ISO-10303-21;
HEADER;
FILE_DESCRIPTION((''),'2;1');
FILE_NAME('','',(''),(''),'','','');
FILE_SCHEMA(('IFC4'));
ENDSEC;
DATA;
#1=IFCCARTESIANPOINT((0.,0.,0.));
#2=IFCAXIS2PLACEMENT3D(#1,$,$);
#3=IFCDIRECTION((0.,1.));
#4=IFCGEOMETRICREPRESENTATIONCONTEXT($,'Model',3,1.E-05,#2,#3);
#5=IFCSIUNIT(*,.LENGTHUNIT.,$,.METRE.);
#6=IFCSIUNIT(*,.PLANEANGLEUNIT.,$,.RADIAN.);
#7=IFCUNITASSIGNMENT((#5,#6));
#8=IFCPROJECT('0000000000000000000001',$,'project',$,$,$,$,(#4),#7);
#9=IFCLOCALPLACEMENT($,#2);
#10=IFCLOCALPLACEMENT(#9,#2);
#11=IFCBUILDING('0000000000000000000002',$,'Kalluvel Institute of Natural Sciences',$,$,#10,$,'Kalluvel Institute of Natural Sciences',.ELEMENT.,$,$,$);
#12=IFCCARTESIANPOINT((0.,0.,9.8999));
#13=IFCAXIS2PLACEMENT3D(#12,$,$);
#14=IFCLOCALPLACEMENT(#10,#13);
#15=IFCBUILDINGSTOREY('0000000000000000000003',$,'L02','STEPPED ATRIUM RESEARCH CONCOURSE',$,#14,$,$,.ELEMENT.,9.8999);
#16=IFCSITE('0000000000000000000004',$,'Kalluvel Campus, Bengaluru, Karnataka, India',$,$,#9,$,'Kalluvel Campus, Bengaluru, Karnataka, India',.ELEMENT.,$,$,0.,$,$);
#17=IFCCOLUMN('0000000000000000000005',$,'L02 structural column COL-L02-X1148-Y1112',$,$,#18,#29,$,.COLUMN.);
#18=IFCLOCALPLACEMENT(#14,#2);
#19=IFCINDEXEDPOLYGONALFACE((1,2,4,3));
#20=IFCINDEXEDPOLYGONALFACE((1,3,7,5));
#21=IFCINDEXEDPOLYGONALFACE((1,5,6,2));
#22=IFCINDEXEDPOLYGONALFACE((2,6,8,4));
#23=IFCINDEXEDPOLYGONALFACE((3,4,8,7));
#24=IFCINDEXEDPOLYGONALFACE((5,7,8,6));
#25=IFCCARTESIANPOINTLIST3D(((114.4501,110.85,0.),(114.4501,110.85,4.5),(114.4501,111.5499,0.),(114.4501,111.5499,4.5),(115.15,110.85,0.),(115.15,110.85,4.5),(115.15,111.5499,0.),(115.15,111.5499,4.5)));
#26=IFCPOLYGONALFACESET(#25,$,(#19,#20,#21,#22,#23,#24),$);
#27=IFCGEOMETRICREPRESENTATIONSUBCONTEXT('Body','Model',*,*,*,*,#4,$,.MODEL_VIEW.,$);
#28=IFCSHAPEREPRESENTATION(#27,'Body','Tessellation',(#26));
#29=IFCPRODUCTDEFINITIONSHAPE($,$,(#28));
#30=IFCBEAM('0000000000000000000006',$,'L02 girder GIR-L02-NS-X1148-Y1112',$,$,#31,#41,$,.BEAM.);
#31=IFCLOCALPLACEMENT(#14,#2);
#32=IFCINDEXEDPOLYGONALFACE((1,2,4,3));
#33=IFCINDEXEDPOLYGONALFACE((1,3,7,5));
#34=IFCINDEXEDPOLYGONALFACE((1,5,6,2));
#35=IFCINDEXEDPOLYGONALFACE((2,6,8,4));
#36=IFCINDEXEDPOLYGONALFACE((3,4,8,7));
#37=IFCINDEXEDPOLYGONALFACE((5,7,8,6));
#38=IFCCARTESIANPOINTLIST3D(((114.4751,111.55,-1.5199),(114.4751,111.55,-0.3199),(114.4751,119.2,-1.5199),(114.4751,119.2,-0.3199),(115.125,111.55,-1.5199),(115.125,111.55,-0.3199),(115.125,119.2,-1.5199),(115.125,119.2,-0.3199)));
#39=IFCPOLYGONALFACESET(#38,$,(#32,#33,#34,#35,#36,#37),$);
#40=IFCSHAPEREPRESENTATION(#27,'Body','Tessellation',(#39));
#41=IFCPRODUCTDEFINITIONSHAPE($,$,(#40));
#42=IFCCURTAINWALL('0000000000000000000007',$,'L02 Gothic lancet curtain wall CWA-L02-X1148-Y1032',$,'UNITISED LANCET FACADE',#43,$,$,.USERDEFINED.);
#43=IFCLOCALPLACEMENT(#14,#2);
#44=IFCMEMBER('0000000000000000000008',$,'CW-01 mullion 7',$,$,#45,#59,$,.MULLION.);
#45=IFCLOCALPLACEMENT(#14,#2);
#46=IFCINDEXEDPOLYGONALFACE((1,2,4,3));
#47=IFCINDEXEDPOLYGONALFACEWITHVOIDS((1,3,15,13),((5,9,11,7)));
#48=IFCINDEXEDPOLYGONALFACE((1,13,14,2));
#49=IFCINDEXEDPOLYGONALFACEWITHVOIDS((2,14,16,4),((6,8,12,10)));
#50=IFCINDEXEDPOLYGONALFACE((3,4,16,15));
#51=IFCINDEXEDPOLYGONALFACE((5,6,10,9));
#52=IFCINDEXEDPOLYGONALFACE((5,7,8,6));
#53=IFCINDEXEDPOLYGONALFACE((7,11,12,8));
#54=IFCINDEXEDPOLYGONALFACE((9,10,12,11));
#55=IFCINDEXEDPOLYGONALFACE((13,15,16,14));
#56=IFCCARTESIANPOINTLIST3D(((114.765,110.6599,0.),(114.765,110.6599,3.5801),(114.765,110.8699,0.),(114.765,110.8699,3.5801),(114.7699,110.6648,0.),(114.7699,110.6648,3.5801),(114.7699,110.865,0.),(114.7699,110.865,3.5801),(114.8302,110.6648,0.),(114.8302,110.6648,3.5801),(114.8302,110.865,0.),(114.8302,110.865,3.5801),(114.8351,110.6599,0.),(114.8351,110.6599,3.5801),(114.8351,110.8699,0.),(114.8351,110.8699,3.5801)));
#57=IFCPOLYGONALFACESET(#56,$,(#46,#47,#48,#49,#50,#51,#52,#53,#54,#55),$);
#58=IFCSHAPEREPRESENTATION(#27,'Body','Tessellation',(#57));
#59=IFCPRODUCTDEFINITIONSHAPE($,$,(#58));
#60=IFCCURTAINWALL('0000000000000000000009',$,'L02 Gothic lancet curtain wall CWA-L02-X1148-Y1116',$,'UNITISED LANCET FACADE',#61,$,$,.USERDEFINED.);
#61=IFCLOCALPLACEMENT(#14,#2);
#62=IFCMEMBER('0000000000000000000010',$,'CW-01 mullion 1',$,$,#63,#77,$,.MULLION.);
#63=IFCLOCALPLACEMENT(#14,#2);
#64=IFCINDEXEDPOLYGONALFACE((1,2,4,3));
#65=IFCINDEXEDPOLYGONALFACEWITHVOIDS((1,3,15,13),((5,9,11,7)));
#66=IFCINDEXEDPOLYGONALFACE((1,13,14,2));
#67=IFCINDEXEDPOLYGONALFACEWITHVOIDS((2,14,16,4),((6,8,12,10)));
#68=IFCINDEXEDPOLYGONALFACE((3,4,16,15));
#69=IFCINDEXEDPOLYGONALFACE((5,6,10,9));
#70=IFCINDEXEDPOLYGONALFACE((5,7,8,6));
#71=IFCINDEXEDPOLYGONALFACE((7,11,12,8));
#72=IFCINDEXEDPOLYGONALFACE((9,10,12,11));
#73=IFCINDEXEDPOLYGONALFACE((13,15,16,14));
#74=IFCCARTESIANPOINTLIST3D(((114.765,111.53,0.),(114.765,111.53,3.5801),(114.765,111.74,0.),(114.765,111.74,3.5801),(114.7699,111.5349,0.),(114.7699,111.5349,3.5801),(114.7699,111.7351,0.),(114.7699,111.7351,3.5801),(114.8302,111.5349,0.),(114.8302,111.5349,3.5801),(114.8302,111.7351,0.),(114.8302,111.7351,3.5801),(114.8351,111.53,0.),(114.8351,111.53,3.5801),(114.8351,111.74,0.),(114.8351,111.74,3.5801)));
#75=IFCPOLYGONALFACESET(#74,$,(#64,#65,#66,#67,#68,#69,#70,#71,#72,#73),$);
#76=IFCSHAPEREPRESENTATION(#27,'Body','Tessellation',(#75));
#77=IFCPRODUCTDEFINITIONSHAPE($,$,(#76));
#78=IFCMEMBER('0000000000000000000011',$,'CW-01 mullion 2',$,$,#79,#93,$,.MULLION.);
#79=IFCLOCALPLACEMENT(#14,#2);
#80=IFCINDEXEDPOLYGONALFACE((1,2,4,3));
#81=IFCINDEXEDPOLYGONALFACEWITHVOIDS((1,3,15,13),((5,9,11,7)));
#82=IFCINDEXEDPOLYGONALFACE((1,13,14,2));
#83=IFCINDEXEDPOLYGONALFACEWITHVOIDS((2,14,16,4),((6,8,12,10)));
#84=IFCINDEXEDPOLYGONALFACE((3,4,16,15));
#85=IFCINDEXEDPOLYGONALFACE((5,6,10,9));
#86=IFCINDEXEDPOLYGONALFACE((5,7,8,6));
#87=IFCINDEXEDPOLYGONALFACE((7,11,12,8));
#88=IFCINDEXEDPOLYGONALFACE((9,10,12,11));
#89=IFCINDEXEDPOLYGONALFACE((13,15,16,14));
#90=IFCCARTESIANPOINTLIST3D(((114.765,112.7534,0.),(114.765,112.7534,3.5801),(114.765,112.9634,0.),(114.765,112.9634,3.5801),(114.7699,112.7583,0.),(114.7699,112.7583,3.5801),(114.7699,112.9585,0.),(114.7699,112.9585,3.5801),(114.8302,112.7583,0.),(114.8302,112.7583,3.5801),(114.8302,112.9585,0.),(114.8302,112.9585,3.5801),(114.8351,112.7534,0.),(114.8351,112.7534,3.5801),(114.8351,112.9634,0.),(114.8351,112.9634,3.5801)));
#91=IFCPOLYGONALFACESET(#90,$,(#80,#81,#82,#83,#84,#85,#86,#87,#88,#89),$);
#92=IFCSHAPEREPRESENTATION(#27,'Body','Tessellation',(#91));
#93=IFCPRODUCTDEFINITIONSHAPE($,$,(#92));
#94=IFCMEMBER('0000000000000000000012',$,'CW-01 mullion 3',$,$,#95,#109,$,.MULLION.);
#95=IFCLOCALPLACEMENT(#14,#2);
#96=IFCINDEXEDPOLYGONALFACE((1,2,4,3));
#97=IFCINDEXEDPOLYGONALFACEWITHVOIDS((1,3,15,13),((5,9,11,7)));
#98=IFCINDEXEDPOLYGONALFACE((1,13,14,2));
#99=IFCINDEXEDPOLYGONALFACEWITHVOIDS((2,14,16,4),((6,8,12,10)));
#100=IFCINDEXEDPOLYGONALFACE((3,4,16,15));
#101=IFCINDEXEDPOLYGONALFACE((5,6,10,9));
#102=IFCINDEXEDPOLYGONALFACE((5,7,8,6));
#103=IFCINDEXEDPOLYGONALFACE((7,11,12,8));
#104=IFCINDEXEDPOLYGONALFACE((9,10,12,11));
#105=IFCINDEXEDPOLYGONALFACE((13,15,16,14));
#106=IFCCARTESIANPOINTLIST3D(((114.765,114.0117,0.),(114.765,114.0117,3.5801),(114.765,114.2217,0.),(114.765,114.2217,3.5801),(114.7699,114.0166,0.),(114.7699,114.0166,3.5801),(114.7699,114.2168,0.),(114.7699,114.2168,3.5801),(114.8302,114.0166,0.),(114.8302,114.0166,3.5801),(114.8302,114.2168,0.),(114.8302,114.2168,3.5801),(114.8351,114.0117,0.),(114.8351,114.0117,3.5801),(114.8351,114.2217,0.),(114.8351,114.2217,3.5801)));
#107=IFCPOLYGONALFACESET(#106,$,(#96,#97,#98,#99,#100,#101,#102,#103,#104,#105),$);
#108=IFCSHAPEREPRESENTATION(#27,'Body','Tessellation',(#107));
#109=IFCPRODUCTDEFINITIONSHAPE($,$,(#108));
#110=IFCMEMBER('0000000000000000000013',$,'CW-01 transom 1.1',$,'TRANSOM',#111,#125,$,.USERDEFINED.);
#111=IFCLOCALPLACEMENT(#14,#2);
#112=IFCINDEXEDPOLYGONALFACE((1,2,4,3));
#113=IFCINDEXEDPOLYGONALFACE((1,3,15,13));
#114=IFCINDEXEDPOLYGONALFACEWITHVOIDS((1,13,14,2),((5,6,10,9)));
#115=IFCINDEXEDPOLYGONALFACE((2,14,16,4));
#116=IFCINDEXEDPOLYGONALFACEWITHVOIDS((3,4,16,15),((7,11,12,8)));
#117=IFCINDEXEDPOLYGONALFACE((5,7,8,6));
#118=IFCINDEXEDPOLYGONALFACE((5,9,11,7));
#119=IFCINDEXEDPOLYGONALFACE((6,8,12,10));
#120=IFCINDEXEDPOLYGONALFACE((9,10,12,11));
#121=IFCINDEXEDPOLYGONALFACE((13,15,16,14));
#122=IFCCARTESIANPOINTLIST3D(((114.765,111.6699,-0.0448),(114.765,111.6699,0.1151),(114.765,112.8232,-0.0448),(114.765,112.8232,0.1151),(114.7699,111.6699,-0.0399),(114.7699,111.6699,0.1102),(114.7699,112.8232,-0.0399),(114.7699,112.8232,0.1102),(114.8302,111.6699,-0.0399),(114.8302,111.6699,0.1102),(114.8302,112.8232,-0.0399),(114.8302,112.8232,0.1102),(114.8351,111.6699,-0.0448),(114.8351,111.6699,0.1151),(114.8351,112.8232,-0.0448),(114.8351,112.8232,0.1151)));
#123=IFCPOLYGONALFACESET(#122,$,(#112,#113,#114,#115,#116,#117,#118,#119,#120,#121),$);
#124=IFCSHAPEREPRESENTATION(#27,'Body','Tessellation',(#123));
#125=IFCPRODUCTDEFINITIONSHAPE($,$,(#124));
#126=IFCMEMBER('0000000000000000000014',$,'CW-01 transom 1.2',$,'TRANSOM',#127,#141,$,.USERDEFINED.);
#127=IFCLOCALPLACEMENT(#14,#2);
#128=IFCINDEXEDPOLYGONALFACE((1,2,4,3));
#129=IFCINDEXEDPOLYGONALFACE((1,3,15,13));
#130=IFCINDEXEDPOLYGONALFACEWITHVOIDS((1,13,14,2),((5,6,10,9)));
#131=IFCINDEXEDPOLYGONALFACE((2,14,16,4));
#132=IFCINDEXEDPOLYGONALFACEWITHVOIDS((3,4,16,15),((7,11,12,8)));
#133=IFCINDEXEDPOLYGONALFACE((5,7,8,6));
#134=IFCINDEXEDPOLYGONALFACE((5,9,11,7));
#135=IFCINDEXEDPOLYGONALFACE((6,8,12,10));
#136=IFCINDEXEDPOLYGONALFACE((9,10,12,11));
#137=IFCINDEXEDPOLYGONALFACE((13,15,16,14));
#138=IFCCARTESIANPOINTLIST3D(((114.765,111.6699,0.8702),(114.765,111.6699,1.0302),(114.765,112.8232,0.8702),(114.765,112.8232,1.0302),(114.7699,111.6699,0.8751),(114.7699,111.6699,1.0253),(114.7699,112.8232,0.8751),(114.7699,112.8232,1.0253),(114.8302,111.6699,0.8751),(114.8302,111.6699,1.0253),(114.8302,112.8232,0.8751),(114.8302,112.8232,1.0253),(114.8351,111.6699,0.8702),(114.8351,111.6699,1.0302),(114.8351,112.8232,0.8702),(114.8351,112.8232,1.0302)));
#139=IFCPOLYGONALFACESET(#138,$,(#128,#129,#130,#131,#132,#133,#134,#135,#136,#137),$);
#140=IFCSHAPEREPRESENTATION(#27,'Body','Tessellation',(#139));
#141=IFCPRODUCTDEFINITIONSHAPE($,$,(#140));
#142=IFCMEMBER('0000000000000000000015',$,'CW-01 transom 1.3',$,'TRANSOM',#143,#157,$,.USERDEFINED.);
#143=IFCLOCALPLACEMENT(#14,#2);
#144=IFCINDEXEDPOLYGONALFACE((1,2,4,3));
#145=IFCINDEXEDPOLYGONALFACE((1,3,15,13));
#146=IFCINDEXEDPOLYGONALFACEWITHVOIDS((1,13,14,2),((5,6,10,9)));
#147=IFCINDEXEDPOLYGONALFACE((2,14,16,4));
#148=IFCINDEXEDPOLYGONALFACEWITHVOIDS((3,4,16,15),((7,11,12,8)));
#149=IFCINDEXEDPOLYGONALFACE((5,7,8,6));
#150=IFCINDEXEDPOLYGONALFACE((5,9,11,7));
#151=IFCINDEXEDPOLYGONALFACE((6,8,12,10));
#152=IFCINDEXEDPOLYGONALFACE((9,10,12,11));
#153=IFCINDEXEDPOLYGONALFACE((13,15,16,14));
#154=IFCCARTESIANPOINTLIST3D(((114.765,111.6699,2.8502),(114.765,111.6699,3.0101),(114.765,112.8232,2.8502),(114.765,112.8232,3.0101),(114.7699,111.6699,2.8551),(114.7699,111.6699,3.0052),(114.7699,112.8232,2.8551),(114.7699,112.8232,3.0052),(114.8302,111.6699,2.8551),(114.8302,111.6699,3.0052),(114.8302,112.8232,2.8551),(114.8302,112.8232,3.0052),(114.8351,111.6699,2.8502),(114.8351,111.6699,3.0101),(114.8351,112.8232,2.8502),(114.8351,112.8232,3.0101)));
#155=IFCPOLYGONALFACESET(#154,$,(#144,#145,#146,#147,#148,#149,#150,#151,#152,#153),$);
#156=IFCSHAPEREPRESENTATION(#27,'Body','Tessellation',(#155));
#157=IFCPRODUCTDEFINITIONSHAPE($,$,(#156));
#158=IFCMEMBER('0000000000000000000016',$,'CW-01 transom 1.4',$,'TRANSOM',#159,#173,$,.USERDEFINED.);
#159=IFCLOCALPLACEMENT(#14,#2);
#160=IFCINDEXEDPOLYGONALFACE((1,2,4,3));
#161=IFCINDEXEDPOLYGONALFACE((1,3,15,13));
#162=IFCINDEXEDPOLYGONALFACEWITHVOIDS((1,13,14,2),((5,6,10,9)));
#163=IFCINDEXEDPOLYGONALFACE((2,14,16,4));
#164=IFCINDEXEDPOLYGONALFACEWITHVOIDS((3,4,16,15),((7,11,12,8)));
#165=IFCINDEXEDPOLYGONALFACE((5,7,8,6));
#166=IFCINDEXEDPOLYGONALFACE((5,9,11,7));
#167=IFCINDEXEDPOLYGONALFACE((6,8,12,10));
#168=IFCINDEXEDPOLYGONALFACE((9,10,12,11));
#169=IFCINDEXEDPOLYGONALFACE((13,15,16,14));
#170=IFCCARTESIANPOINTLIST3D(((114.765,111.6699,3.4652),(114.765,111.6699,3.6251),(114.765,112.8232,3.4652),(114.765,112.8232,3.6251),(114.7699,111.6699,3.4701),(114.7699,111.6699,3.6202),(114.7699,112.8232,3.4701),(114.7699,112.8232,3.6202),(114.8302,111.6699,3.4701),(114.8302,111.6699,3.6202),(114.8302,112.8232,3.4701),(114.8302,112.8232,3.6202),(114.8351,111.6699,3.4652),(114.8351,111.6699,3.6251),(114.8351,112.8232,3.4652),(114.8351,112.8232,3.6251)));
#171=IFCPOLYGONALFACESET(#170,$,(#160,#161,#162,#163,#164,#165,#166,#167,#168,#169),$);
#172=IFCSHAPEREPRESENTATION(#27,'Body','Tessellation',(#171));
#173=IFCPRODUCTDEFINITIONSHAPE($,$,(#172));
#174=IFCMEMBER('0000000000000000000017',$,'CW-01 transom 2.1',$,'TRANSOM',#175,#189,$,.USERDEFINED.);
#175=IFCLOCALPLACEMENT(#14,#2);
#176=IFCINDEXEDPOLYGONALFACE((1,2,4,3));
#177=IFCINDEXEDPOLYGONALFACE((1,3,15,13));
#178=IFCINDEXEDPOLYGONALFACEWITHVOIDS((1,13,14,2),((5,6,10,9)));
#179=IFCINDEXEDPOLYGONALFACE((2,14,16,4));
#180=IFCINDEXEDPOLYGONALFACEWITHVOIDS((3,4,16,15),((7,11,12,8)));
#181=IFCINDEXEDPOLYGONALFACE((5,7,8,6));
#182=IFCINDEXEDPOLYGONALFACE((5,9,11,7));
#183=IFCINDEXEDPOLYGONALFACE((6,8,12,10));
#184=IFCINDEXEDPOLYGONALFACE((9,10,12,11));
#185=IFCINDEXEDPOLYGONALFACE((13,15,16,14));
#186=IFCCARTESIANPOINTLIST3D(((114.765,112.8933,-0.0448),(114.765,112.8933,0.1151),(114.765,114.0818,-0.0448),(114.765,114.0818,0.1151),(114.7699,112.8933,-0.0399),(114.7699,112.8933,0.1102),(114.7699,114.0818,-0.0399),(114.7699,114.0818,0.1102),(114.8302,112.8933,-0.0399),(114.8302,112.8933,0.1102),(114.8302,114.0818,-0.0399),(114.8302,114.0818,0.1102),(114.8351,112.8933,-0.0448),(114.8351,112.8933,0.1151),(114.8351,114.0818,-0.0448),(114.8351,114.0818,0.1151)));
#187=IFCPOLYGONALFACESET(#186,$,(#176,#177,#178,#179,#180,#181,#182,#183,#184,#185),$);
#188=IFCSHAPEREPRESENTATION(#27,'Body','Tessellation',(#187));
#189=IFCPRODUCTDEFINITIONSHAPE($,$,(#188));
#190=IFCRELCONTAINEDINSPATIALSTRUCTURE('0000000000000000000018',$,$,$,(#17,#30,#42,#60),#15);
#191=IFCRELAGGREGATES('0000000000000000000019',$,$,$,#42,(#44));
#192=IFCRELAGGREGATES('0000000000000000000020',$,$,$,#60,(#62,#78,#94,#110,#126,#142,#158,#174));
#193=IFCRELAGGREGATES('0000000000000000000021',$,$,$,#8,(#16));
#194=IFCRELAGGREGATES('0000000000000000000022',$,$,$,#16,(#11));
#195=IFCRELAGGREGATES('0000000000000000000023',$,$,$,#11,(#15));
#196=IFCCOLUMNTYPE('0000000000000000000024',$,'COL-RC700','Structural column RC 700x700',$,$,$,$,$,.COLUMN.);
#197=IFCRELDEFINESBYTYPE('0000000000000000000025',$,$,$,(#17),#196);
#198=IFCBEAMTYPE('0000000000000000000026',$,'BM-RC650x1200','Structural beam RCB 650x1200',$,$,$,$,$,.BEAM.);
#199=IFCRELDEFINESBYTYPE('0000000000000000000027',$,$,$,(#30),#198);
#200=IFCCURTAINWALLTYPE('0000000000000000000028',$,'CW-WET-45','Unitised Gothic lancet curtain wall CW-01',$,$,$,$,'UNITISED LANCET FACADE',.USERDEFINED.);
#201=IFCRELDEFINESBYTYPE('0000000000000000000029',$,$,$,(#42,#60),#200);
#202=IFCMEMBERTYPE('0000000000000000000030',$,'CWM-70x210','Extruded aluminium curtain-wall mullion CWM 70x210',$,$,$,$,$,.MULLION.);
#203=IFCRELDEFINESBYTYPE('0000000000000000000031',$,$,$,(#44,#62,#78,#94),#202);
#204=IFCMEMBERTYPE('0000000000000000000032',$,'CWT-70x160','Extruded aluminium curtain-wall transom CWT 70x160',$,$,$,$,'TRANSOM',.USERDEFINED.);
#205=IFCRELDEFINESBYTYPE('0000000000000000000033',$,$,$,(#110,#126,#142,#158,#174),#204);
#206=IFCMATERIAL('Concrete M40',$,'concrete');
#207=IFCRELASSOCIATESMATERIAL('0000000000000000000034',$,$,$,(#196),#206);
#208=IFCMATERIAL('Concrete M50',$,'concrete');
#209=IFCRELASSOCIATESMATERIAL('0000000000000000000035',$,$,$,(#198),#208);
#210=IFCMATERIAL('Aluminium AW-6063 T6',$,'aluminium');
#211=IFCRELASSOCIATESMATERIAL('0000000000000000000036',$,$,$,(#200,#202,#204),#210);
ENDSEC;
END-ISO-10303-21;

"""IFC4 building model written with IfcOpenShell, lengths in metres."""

from ifc_helpers import new_model, si_unit, direction, frame, origin, origin_2d, place, context, subcontext, project, spatial, rectangle, hollow_rectangle, extrude, material, material_profile, profile_set, type_object, element, aggregate, save


model = new_model("IFC4")

# Units and contexts
model_context = context("Model", 3, precision=1e-05, world=origin(), true_north=direction((0.0, 1.0)))
body_context = subcontext(model_context, "Body", "Model", "MODEL_VIEW")
ifc_project = project(units=[si_unit("LENGTHUNIT", "METRE"), si_unit("PLANEANGLEUNIT", "RADIAN")], contexts=[model_context])

# Site, building, storey
site_placement = place(None, origin())
site = spatial("IfcSite", under=ifc_project, at=site_placement, Name="Kalluvel Campus, Bengaluru, Karnataka, India", LongName="Kalluvel Campus, Bengaluru, Karnataka, India", CompositionType="ELEMENT", RefElevation=0.0)
building_placement = place(site_placement, origin())
building = spatial("IfcBuilding", under=site, at=building_placement, Name="Kalluvel Institute of Natural Sciences", LongName="Kalluvel Institute of Natural Sciences", CompositionType="ELEMENT")
storey_placement = place(building_placement, frame((0.0, 0.0, 9.8999)))
storey = spatial("IfcBuildingStorey", under=building, at=storey_placement, Name="L02", Description="STEPPED ATRIUM RESEARCH CONCOURSE", CompositionType="ELEMENT", Elevation=9.8999)

# Column
ifc_material_1 = material(Name="Concrete M40", Category="concrete")
ifc_material_profile_1 = material_profile(ifc_material_1, rectangle(XDim=0.7, YDim=0.7, at=origin_2d()), Name="RC 700x700")
ifc_profile_set_1 = profile_set([ifc_material_profile_1], Name="Concrete M40")
column_type = type_object("IfcColumnType", Name="COL-RC700", Description="Structural column RC 700x700", PredefinedType="COLUMN", material=ifc_profile_set_1)
column_placement = place(storey_placement, frame((114.8, 111.2, 0.0), z_axis=(0.0, 0.0, 1.0), x_axis=(1.0, 0.0, 0.0)))
element("IfcColumn", 1, at=column_placement, inside=storey, type_object=column_type, Name="L02 structural column COL-L02-X1148-Y1112", PredefinedType="COLUMN", context=body_context, shape_type="SweptSolid", body=[
    extrude(rectangle(XDim=0.7, YDim=0.7, at=origin_2d()), origin(), (0.0, 0.0, 1.0), 4.5),
])

# Beam
ifc_material_2 = material(Name="Concrete M50", Category="concrete")
ifc_material_profile_2 = material_profile(ifc_material_2, rectangle(XDim=0.6499, YDim=1.2, at=origin_2d()), Name="RCB 650x1200")
ifc_profile_set_2 = profile_set([ifc_material_profile_2], Name="Concrete M50")
beam_type = type_object("IfcBeamType", Name="BM-RC650x1200", Description="Structural beam RCB 650x1200", PredefinedType="BEAM", material=ifc_profile_set_2)
beam_placement = place(storey_placement, frame((114.8, 111.55, -0.9199), z_axis=(0.0, 1.0, 0.0), x_axis=(-1.0, 0.0, 0.0)))
element("IfcBeam", 2, at=beam_placement, inside=storey, type_object=beam_type, Name="L02 girder GIR-L02-NS-X1148-Y1112", PredefinedType="BEAM", context=body_context, shape_type="SweptSolid", body=[
    extrude(rectangle(XDim=0.6499, YDim=1.2, at=origin_2d()), origin(), (0.0, 0.0, 1.0), 7.6499),
])

# Curtain wall, member
ifc_material_3 = material(Name="Aluminium AW-6063 T6", Category="aluminium")
curtain_wall_type = type_object("IfcCurtainWallType", Name="CW-WET-45", Description="Unitised Gothic lancet curtain wall CW-01", ElementType="UNITISED LANCET FACADE", PredefinedType="USERDEFINED", material=ifc_material_3)
curtain_wall_1_placement = place(storey_placement, origin())
curtain_wall_1 = element("IfcCurtainWall", 3, at=curtain_wall_1_placement, inside=storey, type_object=curtain_wall_type, Name="L02 Gothic lancet curtain wall CWA-L02-X1148-Y1032", ObjectType="UNITISED LANCET FACADE", PredefinedType="USERDEFINED")
ifc_material_profile_3 = material_profile(ifc_material_3, hollow_rectangle(XDim=0.0701, YDim=0.21, WallThickness=0.0049, at=origin_2d()), Name="CWM 70x210")
ifc_profile_set_3 = profile_set([ifc_material_profile_3], Name="Aluminium AW-6063 T6")
member_type_1 = type_object("IfcMemberType", Name="CWM-70x210", Description="Extruded aluminium curtain-wall mullion CWM 70x210", PredefinedType="MULLION", material=ifc_profile_set_3)
member_1_placement = place(storey_placement, frame((114.8, 110.7649, 0.0), z_axis=(0.0, 0.0, 1.0), x_axis=(-1.0, 0.0, 0.0)))
member_1 = element("IfcMember", 4, at=member_1_placement, type_object=member_type_1, Name="CW-01 mullion 7", PredefinedType="MULLION", context=body_context, shape_type="SweptSolid", body=[
    extrude(hollow_rectangle(XDim=0.0701, YDim=0.21, WallThickness=0.0049, at=origin_2d()), origin(), (0.0, 0.0, 1.0), 3.5801),
])

# Curtain wall, members
curtain_wall_2_placement = place(storey_placement, origin())
curtain_wall_2 = element("IfcCurtainWall", 5, at=curtain_wall_2_placement, inside=storey, type_object=curtain_wall_type, Name="L02 Gothic lancet curtain wall CWA-L02-X1148-Y1116", ObjectType="UNITISED LANCET FACADE", PredefinedType="USERDEFINED")
member_2_placement = place(storey_placement, frame((114.8, 111.635, 0.0), z_axis=(0.0, 0.0, 1.0), x_axis=(-1.0, 0.0, 0.0)))
member_2 = element("IfcMember", 6, at=member_2_placement, type_object=member_type_1, Name="CW-01 mullion 1", PredefinedType="MULLION", context=body_context, shape_type="SweptSolid", body=[
    extrude(hollow_rectangle(XDim=0.0701, YDim=0.21, WallThickness=0.0049, at=origin_2d()), origin(), (0.0, 0.0, 1.0), 3.5801),
])
member_3_placement = place(storey_placement, frame((114.8, 112.8584, 0.0), z_axis=(0.0, 0.0, 1.0), x_axis=(-1.0, 0.0, 0.0)))
member_3 = element("IfcMember", 7, at=member_3_placement, type_object=member_type_1, Name="CW-01 mullion 2", PredefinedType="MULLION", context=body_context, shape_type="SweptSolid", body=[
    extrude(hollow_rectangle(XDim=0.0701, YDim=0.21, WallThickness=0.0049, at=origin_2d()), origin(), (0.0, 0.0, 1.0), 3.5801),
])
member_4_placement = place(storey_placement, frame((114.8, 114.1167, 0.0), z_axis=(0.0, 0.0, 1.0), x_axis=(-1.0, 0.0, 0.0)))
member_4 = element("IfcMember", 8, at=member_4_placement, type_object=member_type_1, Name="CW-01 mullion 3", PredefinedType="MULLION", context=body_context, shape_type="SweptSolid", body=[
    extrude(hollow_rectangle(XDim=0.0701, YDim=0.21, WallThickness=0.0049, at=origin_2d()), origin(), (0.0, 0.0, 1.0), 3.5801),
])
ifc_material_profile_4 = material_profile(ifc_material_3, hollow_rectangle(XDim=0.0701, YDim=0.1599, WallThickness=0.0049, at=origin_2d()), Name="CWT 70x160")
ifc_profile_set_4 = profile_set([ifc_material_profile_4], Name="Aluminium AW-6063 T6")
member_type_2 = type_object("IfcMemberType", Name="CWT-70x160", Description="Extruded aluminium curtain-wall transom CWT 70x160", ElementType="TRANSOM", PredefinedType="USERDEFINED", material=ifc_profile_set_4)
member_5_placement = place(storey_placement, frame((114.8, 111.6699, 0.0352), z_axis=(0.0, 1.0, 0.0), x_axis=(-1.0, 0.0, 0.0)))
member_5 = element("IfcMember", 9, at=member_5_placement, type_object=member_type_2, Name="CW-01 transom 1.1", ObjectType="TRANSOM", PredefinedType="USERDEFINED", context=body_context, shape_type="SweptSolid", body=[
    extrude(hollow_rectangle(XDim=0.0701, YDim=0.1599, WallThickness=0.0049, at=origin_2d()), origin(), (0.0, 0.0, 1.0), 1.1533),
])
member_6_placement = place(storey_placement, frame((114.8, 111.6699, 0.9502), z_axis=(0.0, 1.0, 0.0), x_axis=(-1.0, 0.0, 0.0)))
member_6 = element("IfcMember", 10, at=member_6_placement, type_object=member_type_2, Name="CW-01 transom 1.2", ObjectType="TRANSOM", PredefinedType="USERDEFINED", context=body_context, shape_type="SweptSolid", body=[
    extrude(hollow_rectangle(XDim=0.0701, YDim=0.1599, WallThickness=0.0049, at=origin_2d()), origin(), (0.0, 0.0, 1.0), 1.1533),
])
member_7_placement = place(storey_placement, frame((114.8, 111.6699, 2.9302), z_axis=(0.0, 1.0, 0.0), x_axis=(-1.0, 0.0, 0.0)))
member_7 = element("IfcMember", 11, at=member_7_placement, type_object=member_type_2, Name="CW-01 transom 1.3", ObjectType="TRANSOM", PredefinedType="USERDEFINED", context=body_context, shape_type="SweptSolid", body=[
    extrude(hollow_rectangle(XDim=0.0701, YDim=0.1599, WallThickness=0.0049, at=origin_2d()), origin(), (0.0, 0.0, 1.0), 1.1533),
])
member_8_placement = place(storey_placement, frame((114.8, 111.6699, 3.5452), z_axis=(0.0, 1.0, 0.0), x_axis=(-1.0, 0.0, 0.0)))
member_8 = element("IfcMember", 12, at=member_8_placement, type_object=member_type_2, Name="CW-01 transom 1.4", ObjectType="TRANSOM", PredefinedType="USERDEFINED", context=body_context, shape_type="SweptSolid", body=[
    extrude(hollow_rectangle(XDim=0.0701, YDim=0.1599, WallThickness=0.0049, at=origin_2d()), origin(), (0.0, 0.0, 1.0), 1.1533),
])
member_9_placement = place(storey_placement, frame((114.8, 112.8933, 0.0352), z_axis=(0.0, 1.0, 0.0), x_axis=(-1.0, 0.0, 0.0)))
member_9 = element("IfcMember", 13, at=member_9_placement, type_object=member_type_2, Name="CW-01 transom 2.1", ObjectType="TRANSOM", PredefinedType="USERDEFINED", context=body_context, shape_type="SweptSolid", body=[
    extrude(hollow_rectangle(XDim=0.0701, YDim=0.1599, WallThickness=0.0049, at=origin_2d()), origin(), (0.0, 0.0, 1.0), 1.1885),
])

aggregate(curtain_wall_1, [member_1])
aggregate(curtain_wall_2, [member_2, member_3, member_4, member_5, member_6, member_7, member_8, member_9])

save(model, "model.ifc")
